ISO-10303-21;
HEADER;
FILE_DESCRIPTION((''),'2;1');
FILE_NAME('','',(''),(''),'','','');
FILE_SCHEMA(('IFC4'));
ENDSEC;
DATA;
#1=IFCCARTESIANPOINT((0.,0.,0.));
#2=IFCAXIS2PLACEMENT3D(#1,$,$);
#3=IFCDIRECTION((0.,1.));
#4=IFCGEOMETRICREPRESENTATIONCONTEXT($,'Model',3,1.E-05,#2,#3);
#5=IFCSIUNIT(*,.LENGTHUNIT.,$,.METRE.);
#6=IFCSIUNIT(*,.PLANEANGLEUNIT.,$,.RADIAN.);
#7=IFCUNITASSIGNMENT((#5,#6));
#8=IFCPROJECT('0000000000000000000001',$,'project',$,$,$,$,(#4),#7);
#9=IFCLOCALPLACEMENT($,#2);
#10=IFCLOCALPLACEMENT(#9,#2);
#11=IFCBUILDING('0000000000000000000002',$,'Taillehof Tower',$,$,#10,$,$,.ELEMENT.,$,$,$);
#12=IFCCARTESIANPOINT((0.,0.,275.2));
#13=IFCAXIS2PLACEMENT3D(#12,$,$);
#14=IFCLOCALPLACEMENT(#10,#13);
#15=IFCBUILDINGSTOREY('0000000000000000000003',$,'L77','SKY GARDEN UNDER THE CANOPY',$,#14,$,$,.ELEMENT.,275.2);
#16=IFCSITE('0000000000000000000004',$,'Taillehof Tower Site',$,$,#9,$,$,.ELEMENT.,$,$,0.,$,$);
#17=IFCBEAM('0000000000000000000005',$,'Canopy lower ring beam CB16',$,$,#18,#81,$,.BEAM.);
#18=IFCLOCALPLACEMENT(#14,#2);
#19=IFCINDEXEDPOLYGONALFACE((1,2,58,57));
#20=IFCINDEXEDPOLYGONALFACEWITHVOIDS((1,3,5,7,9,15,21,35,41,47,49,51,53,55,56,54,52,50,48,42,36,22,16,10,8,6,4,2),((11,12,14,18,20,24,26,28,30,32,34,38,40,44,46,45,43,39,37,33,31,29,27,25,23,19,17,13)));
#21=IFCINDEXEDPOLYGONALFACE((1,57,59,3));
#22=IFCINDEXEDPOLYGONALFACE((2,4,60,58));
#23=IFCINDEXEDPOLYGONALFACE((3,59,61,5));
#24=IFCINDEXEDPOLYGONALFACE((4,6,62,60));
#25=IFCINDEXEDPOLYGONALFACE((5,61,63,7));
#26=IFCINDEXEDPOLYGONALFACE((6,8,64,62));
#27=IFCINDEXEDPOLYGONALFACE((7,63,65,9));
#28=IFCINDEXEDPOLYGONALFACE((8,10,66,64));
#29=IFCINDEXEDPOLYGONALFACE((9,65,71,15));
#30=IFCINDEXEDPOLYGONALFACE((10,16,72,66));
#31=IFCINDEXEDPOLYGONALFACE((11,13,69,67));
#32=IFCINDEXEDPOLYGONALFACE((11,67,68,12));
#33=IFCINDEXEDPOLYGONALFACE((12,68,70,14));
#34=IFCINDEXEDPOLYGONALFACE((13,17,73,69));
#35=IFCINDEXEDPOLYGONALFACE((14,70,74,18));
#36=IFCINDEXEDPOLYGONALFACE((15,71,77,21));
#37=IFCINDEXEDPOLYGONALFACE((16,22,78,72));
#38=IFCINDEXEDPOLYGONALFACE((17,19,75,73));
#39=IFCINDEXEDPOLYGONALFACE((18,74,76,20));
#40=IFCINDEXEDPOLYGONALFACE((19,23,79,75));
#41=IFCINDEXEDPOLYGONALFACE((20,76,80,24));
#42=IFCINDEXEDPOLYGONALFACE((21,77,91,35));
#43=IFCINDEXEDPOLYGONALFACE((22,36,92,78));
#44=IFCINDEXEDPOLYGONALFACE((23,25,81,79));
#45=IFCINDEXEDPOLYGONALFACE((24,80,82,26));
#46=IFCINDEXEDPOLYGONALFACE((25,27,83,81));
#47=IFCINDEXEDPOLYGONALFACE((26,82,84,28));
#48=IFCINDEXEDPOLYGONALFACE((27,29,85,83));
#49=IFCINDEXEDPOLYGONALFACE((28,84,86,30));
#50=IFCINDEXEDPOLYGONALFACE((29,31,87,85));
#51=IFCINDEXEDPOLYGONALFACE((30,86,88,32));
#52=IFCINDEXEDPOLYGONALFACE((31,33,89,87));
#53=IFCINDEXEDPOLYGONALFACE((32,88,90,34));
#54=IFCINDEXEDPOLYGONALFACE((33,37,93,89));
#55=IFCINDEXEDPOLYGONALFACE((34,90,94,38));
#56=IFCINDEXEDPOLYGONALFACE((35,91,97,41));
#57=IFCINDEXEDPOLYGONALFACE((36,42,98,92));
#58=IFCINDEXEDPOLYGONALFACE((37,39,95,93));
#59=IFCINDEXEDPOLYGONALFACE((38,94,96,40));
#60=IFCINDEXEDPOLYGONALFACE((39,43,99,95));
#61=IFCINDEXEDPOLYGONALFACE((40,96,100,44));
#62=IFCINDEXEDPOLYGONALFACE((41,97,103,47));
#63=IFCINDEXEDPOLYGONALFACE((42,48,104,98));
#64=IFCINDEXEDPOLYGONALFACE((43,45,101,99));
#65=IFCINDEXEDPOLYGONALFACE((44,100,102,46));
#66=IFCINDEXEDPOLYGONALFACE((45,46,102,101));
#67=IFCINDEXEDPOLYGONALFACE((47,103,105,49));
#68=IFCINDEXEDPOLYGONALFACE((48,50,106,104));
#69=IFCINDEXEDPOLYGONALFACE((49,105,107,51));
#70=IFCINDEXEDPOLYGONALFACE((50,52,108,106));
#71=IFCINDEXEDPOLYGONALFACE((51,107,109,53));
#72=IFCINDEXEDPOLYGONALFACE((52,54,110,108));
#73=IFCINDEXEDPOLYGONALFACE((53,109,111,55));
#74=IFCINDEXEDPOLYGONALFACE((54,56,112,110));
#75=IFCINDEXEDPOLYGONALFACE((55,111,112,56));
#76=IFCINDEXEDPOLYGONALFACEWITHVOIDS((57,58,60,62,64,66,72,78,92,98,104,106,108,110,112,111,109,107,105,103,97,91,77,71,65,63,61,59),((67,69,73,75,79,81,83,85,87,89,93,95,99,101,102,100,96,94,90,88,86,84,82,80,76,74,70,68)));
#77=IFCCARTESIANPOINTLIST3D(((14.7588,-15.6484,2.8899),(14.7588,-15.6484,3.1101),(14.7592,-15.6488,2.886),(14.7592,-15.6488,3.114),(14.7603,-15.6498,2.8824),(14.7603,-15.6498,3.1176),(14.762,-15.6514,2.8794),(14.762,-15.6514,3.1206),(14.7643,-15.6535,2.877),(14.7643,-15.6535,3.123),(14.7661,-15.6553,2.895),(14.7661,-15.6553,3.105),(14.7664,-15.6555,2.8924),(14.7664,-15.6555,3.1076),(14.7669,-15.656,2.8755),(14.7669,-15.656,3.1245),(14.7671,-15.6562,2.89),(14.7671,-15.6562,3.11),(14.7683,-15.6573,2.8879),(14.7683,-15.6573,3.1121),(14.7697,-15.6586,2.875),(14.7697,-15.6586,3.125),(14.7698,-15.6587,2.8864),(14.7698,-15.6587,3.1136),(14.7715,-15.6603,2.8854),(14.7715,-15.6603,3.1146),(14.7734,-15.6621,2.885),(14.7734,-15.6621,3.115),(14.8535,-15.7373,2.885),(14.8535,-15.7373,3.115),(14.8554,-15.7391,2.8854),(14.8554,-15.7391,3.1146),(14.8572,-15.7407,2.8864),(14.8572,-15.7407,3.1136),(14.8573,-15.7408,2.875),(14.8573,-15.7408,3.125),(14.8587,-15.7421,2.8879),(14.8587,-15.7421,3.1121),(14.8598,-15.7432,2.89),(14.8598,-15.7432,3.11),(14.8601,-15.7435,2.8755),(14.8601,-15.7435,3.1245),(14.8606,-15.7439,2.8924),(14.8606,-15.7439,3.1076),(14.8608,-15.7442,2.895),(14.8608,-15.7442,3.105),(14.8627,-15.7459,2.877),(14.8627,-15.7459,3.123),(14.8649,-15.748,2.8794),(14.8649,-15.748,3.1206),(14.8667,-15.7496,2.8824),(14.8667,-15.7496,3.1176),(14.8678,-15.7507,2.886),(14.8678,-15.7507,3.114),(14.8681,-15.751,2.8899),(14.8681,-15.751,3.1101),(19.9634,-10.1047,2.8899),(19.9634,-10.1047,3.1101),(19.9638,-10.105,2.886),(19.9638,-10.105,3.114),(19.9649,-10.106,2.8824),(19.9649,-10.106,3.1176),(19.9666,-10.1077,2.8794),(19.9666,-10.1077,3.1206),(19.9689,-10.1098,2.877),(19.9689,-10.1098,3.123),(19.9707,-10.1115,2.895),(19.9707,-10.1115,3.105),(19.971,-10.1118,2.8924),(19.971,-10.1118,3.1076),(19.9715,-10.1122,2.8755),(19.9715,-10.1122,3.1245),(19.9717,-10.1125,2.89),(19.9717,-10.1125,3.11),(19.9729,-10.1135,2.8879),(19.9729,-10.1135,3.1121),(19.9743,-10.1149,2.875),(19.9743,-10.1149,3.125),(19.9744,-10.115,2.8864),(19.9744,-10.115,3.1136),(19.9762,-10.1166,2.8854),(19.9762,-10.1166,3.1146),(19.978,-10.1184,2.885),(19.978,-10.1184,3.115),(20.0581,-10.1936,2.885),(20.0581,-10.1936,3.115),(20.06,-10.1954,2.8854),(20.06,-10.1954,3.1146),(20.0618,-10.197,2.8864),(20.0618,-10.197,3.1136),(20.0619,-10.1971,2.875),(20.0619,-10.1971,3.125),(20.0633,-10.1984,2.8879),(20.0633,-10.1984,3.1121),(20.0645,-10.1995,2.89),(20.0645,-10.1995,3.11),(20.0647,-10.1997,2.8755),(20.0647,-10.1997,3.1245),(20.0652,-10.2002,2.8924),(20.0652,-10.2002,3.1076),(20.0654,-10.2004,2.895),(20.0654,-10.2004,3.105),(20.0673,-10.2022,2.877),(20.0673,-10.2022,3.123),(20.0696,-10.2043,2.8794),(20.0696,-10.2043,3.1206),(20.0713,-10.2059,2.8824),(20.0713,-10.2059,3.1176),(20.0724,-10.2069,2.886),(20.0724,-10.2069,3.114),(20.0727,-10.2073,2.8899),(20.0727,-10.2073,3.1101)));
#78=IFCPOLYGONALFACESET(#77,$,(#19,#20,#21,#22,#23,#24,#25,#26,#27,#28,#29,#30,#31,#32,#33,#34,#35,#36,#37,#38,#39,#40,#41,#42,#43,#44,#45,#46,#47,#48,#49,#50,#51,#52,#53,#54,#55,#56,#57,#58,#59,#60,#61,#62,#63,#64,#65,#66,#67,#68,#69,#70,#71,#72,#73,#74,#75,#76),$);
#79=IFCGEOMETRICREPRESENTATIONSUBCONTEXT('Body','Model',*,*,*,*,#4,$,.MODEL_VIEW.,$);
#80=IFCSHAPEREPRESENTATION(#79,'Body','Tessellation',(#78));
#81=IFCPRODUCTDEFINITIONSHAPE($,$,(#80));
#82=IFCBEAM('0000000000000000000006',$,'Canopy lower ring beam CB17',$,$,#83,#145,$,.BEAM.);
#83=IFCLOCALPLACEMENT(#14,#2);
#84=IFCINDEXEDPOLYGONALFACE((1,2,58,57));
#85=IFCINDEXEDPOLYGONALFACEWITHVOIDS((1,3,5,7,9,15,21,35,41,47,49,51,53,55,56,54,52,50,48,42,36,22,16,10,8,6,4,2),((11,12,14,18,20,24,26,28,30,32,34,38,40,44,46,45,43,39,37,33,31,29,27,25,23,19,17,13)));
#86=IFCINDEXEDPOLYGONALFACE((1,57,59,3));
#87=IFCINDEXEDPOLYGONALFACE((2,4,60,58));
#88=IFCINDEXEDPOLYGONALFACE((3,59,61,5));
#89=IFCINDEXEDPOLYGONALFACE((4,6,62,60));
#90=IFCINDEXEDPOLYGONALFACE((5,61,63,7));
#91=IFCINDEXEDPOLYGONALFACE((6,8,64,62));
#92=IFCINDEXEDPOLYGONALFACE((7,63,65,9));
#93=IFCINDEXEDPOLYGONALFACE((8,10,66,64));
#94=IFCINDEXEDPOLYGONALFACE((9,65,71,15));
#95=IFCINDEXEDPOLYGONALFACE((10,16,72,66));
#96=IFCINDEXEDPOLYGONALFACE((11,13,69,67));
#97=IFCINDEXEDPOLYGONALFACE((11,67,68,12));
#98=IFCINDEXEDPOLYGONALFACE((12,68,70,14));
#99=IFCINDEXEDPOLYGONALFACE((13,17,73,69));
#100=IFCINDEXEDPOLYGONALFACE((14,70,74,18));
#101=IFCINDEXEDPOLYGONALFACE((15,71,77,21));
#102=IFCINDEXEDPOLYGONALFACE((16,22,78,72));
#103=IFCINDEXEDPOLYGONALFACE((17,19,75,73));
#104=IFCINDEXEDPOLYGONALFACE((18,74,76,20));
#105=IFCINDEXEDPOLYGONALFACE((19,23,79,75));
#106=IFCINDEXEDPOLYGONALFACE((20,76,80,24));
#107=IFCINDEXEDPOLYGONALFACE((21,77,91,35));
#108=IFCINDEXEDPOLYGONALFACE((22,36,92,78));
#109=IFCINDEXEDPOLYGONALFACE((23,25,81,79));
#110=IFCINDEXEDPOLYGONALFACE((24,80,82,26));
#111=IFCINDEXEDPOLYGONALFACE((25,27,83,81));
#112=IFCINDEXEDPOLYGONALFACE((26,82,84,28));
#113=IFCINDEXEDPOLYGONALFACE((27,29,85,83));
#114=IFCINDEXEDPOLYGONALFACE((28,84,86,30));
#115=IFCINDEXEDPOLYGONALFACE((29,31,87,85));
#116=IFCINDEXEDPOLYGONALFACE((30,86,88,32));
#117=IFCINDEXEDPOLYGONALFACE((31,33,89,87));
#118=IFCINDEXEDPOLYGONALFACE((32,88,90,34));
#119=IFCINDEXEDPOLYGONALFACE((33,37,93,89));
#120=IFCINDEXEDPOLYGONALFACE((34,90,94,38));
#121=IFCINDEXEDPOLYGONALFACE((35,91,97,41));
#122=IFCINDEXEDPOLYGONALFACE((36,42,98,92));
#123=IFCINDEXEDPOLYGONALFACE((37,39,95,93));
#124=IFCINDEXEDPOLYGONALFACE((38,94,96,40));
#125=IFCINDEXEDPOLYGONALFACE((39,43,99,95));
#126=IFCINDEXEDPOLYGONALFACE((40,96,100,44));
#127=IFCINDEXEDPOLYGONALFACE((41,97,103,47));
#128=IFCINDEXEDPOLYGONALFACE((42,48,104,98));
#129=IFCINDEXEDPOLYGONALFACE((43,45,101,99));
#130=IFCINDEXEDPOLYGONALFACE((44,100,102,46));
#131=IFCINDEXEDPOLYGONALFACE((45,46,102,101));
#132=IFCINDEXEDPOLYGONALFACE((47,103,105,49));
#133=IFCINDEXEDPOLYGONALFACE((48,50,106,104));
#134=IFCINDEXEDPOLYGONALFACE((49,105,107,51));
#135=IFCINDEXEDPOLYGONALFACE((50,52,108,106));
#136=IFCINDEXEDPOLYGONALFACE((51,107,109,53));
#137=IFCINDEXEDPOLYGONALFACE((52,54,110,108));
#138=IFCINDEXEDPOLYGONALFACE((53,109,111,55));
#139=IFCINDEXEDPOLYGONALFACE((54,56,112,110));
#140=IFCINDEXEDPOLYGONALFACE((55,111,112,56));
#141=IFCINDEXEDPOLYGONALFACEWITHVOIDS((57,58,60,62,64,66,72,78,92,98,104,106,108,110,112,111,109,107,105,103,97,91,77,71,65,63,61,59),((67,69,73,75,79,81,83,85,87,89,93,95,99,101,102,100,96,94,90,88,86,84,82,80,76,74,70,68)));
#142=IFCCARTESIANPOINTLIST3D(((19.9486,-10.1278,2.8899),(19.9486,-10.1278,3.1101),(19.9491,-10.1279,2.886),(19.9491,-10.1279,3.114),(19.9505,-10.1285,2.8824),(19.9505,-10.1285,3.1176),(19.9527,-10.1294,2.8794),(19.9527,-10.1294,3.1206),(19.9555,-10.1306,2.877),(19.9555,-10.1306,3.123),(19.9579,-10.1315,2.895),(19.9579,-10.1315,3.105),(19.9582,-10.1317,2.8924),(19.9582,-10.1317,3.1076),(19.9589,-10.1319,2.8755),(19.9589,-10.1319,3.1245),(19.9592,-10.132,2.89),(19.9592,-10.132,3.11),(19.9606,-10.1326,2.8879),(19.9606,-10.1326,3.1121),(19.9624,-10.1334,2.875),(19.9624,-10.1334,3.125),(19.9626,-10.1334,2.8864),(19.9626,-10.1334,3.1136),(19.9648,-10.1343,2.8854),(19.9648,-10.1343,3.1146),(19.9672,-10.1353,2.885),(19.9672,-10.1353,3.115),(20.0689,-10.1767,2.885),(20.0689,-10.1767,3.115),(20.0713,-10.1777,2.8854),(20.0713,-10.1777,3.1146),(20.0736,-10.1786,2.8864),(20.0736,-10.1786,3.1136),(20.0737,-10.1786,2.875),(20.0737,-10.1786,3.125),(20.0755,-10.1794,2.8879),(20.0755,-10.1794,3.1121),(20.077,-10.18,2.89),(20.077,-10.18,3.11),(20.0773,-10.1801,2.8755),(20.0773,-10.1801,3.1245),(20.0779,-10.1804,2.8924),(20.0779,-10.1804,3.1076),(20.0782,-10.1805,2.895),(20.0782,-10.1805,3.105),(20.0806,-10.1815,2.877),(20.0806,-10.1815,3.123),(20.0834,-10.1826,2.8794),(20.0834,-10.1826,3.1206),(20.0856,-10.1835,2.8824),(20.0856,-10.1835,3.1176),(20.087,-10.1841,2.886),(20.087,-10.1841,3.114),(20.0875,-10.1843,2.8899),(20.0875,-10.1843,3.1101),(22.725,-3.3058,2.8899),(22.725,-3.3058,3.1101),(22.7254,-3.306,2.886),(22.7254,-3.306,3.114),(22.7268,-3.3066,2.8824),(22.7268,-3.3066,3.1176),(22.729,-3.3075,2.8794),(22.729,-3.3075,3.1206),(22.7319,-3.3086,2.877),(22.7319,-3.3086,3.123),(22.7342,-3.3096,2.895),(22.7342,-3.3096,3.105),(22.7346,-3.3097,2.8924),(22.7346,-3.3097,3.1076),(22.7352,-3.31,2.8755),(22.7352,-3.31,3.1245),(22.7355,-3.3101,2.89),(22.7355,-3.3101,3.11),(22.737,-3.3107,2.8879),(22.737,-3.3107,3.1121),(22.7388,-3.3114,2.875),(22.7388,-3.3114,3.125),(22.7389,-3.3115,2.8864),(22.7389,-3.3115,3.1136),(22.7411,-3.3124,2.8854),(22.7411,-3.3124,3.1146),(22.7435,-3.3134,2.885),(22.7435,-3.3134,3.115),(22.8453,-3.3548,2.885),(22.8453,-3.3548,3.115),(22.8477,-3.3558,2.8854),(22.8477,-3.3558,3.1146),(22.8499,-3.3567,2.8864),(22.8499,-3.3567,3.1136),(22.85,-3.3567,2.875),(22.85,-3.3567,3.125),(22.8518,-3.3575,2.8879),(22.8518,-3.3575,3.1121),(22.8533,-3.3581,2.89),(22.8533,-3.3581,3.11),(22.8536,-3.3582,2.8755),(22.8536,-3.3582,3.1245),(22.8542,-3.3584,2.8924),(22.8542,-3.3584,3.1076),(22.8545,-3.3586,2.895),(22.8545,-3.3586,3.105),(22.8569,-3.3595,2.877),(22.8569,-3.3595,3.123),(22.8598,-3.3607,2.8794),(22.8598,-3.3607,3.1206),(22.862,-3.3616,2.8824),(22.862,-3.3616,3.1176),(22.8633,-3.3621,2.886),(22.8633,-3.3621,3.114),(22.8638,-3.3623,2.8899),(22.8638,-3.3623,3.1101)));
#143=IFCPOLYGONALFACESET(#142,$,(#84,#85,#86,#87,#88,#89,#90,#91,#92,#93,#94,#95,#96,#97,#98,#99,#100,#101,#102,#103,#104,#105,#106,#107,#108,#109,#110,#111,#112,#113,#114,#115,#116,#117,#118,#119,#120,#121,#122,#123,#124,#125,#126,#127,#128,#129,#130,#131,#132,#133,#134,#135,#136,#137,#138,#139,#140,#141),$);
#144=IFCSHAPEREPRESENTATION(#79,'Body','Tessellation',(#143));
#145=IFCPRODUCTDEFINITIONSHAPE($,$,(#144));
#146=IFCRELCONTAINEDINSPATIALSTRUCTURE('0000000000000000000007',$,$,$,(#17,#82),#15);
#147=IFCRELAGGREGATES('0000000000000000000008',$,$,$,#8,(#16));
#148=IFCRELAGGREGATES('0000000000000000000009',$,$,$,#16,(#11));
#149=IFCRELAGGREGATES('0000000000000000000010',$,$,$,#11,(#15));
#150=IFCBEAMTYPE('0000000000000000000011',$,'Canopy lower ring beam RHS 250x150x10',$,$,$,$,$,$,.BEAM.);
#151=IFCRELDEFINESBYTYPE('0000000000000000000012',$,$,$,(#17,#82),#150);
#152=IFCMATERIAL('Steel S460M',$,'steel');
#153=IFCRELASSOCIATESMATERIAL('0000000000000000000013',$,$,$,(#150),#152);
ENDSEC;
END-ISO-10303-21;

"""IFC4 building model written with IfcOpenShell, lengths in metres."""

from ifc_helpers import new_model, si_unit, direction, frame, origin, origin_2d, place, context, subcontext, project, spatial, hollow_rectangle, extrude, material, material_profile, profile_set, type_object, element, save


model = new_model("IFC4")

# Units and contexts
model_context = context("Model", 3, precision=1e-05, world=origin(), true_north=direction((0.0, 1.0)))
body_context = subcontext(model_context, "Body", "Model", "MODEL_VIEW")
ifc_project = project(units=[si_unit("LENGTHUNIT", "METRE"), si_unit("PLANEANGLEUNIT", "RADIAN")], contexts=[model_context])

# Site, building, storey
site_placement = place(None, origin())
site = spatial("IfcSite", under=ifc_project, at=site_placement, Name="Taillehof Tower Site", CompositionType="ELEMENT", RefElevation=0.0)
building_placement = place(site_placement, origin())
building = spatial("IfcBuilding", under=site, at=building_placement, Name="Taillehof Tower", CompositionType="ELEMENT")
storey_placement = place(building_placement, frame((0.0, 0.0, 275.2)))
storey = spatial("IfcBuildingStorey", under=building, at=storey_placement, Name="L77", Description="SKY GARDEN UNDER THE CANOPY", CompositionType="ELEMENT", Elevation=275.2)

# Beams
ifc_material_1 = material(Name="Steel S460M", Category="steel")
ifc_material_profile_1 = material_profile(ifc_material_1, hollow_rectangle(XDim=0.1499, YDim=0.25, WallThickness=0.01, InnerFilletRadius=0.01, OuterFilletRadius=0.0149, at=origin_2d()), Name="RHS 250x150x10")
ifc_profile_set_1 = profile_set([ifc_material_profile_1], Name="Steel S460M")
beam_type_1 = type_object("IfcBeamType", Name="Canopy lower ring beam RHS 250x150x10", PredefinedType="BEAM", material=ifc_profile_set_1)
beam_1_placement = place(storey_placement, frame((14.8135, -15.6997, 3.0), z_axis=(0.684457, 0.729053, 0.0), x_axis=(-0.729053, 0.684457, 0.0)))
element("IfcBeam", 1, at=beam_1_placement, inside=storey, type_object=beam_type_1, Name="Canopy lower ring beam CB16", PredefinedType="BEAM", context=body_context, shape_type="SweptSolid", body=[
    extrude(hollow_rectangle(XDim=0.1499, YDim=0.25, WallThickness=0.01, InnerFilletRadius=0.01, OuterFilletRadius=0.0149, at=origin_2d()), origin(), (0.0, 0.0, 1.0), 7.604),
])
beam_2_placement = place(storey_placement, frame((20.0181, -10.156, 3.0), z_axis=(0.37695, 0.926233, 0.0), x_axis=(-0.926233, 0.37695, 0.0)))
element("IfcBeam", 2, at=beam_2_placement, inside=storey, type_object=beam_type_1, Name="Canopy lower ring beam CB17", PredefinedType="BEAM", context=body_context, shape_type="SweptSolid", body=[
    extrude(hollow_rectangle(XDim=0.1499, YDim=0.25, WallThickness=0.01, InnerFilletRadius=0.01, OuterFilletRadius=0.0149, at=origin_2d()), origin(), (0.0, 0.0, 1.0), 7.3652),
])

save(model, "model.ifc")
